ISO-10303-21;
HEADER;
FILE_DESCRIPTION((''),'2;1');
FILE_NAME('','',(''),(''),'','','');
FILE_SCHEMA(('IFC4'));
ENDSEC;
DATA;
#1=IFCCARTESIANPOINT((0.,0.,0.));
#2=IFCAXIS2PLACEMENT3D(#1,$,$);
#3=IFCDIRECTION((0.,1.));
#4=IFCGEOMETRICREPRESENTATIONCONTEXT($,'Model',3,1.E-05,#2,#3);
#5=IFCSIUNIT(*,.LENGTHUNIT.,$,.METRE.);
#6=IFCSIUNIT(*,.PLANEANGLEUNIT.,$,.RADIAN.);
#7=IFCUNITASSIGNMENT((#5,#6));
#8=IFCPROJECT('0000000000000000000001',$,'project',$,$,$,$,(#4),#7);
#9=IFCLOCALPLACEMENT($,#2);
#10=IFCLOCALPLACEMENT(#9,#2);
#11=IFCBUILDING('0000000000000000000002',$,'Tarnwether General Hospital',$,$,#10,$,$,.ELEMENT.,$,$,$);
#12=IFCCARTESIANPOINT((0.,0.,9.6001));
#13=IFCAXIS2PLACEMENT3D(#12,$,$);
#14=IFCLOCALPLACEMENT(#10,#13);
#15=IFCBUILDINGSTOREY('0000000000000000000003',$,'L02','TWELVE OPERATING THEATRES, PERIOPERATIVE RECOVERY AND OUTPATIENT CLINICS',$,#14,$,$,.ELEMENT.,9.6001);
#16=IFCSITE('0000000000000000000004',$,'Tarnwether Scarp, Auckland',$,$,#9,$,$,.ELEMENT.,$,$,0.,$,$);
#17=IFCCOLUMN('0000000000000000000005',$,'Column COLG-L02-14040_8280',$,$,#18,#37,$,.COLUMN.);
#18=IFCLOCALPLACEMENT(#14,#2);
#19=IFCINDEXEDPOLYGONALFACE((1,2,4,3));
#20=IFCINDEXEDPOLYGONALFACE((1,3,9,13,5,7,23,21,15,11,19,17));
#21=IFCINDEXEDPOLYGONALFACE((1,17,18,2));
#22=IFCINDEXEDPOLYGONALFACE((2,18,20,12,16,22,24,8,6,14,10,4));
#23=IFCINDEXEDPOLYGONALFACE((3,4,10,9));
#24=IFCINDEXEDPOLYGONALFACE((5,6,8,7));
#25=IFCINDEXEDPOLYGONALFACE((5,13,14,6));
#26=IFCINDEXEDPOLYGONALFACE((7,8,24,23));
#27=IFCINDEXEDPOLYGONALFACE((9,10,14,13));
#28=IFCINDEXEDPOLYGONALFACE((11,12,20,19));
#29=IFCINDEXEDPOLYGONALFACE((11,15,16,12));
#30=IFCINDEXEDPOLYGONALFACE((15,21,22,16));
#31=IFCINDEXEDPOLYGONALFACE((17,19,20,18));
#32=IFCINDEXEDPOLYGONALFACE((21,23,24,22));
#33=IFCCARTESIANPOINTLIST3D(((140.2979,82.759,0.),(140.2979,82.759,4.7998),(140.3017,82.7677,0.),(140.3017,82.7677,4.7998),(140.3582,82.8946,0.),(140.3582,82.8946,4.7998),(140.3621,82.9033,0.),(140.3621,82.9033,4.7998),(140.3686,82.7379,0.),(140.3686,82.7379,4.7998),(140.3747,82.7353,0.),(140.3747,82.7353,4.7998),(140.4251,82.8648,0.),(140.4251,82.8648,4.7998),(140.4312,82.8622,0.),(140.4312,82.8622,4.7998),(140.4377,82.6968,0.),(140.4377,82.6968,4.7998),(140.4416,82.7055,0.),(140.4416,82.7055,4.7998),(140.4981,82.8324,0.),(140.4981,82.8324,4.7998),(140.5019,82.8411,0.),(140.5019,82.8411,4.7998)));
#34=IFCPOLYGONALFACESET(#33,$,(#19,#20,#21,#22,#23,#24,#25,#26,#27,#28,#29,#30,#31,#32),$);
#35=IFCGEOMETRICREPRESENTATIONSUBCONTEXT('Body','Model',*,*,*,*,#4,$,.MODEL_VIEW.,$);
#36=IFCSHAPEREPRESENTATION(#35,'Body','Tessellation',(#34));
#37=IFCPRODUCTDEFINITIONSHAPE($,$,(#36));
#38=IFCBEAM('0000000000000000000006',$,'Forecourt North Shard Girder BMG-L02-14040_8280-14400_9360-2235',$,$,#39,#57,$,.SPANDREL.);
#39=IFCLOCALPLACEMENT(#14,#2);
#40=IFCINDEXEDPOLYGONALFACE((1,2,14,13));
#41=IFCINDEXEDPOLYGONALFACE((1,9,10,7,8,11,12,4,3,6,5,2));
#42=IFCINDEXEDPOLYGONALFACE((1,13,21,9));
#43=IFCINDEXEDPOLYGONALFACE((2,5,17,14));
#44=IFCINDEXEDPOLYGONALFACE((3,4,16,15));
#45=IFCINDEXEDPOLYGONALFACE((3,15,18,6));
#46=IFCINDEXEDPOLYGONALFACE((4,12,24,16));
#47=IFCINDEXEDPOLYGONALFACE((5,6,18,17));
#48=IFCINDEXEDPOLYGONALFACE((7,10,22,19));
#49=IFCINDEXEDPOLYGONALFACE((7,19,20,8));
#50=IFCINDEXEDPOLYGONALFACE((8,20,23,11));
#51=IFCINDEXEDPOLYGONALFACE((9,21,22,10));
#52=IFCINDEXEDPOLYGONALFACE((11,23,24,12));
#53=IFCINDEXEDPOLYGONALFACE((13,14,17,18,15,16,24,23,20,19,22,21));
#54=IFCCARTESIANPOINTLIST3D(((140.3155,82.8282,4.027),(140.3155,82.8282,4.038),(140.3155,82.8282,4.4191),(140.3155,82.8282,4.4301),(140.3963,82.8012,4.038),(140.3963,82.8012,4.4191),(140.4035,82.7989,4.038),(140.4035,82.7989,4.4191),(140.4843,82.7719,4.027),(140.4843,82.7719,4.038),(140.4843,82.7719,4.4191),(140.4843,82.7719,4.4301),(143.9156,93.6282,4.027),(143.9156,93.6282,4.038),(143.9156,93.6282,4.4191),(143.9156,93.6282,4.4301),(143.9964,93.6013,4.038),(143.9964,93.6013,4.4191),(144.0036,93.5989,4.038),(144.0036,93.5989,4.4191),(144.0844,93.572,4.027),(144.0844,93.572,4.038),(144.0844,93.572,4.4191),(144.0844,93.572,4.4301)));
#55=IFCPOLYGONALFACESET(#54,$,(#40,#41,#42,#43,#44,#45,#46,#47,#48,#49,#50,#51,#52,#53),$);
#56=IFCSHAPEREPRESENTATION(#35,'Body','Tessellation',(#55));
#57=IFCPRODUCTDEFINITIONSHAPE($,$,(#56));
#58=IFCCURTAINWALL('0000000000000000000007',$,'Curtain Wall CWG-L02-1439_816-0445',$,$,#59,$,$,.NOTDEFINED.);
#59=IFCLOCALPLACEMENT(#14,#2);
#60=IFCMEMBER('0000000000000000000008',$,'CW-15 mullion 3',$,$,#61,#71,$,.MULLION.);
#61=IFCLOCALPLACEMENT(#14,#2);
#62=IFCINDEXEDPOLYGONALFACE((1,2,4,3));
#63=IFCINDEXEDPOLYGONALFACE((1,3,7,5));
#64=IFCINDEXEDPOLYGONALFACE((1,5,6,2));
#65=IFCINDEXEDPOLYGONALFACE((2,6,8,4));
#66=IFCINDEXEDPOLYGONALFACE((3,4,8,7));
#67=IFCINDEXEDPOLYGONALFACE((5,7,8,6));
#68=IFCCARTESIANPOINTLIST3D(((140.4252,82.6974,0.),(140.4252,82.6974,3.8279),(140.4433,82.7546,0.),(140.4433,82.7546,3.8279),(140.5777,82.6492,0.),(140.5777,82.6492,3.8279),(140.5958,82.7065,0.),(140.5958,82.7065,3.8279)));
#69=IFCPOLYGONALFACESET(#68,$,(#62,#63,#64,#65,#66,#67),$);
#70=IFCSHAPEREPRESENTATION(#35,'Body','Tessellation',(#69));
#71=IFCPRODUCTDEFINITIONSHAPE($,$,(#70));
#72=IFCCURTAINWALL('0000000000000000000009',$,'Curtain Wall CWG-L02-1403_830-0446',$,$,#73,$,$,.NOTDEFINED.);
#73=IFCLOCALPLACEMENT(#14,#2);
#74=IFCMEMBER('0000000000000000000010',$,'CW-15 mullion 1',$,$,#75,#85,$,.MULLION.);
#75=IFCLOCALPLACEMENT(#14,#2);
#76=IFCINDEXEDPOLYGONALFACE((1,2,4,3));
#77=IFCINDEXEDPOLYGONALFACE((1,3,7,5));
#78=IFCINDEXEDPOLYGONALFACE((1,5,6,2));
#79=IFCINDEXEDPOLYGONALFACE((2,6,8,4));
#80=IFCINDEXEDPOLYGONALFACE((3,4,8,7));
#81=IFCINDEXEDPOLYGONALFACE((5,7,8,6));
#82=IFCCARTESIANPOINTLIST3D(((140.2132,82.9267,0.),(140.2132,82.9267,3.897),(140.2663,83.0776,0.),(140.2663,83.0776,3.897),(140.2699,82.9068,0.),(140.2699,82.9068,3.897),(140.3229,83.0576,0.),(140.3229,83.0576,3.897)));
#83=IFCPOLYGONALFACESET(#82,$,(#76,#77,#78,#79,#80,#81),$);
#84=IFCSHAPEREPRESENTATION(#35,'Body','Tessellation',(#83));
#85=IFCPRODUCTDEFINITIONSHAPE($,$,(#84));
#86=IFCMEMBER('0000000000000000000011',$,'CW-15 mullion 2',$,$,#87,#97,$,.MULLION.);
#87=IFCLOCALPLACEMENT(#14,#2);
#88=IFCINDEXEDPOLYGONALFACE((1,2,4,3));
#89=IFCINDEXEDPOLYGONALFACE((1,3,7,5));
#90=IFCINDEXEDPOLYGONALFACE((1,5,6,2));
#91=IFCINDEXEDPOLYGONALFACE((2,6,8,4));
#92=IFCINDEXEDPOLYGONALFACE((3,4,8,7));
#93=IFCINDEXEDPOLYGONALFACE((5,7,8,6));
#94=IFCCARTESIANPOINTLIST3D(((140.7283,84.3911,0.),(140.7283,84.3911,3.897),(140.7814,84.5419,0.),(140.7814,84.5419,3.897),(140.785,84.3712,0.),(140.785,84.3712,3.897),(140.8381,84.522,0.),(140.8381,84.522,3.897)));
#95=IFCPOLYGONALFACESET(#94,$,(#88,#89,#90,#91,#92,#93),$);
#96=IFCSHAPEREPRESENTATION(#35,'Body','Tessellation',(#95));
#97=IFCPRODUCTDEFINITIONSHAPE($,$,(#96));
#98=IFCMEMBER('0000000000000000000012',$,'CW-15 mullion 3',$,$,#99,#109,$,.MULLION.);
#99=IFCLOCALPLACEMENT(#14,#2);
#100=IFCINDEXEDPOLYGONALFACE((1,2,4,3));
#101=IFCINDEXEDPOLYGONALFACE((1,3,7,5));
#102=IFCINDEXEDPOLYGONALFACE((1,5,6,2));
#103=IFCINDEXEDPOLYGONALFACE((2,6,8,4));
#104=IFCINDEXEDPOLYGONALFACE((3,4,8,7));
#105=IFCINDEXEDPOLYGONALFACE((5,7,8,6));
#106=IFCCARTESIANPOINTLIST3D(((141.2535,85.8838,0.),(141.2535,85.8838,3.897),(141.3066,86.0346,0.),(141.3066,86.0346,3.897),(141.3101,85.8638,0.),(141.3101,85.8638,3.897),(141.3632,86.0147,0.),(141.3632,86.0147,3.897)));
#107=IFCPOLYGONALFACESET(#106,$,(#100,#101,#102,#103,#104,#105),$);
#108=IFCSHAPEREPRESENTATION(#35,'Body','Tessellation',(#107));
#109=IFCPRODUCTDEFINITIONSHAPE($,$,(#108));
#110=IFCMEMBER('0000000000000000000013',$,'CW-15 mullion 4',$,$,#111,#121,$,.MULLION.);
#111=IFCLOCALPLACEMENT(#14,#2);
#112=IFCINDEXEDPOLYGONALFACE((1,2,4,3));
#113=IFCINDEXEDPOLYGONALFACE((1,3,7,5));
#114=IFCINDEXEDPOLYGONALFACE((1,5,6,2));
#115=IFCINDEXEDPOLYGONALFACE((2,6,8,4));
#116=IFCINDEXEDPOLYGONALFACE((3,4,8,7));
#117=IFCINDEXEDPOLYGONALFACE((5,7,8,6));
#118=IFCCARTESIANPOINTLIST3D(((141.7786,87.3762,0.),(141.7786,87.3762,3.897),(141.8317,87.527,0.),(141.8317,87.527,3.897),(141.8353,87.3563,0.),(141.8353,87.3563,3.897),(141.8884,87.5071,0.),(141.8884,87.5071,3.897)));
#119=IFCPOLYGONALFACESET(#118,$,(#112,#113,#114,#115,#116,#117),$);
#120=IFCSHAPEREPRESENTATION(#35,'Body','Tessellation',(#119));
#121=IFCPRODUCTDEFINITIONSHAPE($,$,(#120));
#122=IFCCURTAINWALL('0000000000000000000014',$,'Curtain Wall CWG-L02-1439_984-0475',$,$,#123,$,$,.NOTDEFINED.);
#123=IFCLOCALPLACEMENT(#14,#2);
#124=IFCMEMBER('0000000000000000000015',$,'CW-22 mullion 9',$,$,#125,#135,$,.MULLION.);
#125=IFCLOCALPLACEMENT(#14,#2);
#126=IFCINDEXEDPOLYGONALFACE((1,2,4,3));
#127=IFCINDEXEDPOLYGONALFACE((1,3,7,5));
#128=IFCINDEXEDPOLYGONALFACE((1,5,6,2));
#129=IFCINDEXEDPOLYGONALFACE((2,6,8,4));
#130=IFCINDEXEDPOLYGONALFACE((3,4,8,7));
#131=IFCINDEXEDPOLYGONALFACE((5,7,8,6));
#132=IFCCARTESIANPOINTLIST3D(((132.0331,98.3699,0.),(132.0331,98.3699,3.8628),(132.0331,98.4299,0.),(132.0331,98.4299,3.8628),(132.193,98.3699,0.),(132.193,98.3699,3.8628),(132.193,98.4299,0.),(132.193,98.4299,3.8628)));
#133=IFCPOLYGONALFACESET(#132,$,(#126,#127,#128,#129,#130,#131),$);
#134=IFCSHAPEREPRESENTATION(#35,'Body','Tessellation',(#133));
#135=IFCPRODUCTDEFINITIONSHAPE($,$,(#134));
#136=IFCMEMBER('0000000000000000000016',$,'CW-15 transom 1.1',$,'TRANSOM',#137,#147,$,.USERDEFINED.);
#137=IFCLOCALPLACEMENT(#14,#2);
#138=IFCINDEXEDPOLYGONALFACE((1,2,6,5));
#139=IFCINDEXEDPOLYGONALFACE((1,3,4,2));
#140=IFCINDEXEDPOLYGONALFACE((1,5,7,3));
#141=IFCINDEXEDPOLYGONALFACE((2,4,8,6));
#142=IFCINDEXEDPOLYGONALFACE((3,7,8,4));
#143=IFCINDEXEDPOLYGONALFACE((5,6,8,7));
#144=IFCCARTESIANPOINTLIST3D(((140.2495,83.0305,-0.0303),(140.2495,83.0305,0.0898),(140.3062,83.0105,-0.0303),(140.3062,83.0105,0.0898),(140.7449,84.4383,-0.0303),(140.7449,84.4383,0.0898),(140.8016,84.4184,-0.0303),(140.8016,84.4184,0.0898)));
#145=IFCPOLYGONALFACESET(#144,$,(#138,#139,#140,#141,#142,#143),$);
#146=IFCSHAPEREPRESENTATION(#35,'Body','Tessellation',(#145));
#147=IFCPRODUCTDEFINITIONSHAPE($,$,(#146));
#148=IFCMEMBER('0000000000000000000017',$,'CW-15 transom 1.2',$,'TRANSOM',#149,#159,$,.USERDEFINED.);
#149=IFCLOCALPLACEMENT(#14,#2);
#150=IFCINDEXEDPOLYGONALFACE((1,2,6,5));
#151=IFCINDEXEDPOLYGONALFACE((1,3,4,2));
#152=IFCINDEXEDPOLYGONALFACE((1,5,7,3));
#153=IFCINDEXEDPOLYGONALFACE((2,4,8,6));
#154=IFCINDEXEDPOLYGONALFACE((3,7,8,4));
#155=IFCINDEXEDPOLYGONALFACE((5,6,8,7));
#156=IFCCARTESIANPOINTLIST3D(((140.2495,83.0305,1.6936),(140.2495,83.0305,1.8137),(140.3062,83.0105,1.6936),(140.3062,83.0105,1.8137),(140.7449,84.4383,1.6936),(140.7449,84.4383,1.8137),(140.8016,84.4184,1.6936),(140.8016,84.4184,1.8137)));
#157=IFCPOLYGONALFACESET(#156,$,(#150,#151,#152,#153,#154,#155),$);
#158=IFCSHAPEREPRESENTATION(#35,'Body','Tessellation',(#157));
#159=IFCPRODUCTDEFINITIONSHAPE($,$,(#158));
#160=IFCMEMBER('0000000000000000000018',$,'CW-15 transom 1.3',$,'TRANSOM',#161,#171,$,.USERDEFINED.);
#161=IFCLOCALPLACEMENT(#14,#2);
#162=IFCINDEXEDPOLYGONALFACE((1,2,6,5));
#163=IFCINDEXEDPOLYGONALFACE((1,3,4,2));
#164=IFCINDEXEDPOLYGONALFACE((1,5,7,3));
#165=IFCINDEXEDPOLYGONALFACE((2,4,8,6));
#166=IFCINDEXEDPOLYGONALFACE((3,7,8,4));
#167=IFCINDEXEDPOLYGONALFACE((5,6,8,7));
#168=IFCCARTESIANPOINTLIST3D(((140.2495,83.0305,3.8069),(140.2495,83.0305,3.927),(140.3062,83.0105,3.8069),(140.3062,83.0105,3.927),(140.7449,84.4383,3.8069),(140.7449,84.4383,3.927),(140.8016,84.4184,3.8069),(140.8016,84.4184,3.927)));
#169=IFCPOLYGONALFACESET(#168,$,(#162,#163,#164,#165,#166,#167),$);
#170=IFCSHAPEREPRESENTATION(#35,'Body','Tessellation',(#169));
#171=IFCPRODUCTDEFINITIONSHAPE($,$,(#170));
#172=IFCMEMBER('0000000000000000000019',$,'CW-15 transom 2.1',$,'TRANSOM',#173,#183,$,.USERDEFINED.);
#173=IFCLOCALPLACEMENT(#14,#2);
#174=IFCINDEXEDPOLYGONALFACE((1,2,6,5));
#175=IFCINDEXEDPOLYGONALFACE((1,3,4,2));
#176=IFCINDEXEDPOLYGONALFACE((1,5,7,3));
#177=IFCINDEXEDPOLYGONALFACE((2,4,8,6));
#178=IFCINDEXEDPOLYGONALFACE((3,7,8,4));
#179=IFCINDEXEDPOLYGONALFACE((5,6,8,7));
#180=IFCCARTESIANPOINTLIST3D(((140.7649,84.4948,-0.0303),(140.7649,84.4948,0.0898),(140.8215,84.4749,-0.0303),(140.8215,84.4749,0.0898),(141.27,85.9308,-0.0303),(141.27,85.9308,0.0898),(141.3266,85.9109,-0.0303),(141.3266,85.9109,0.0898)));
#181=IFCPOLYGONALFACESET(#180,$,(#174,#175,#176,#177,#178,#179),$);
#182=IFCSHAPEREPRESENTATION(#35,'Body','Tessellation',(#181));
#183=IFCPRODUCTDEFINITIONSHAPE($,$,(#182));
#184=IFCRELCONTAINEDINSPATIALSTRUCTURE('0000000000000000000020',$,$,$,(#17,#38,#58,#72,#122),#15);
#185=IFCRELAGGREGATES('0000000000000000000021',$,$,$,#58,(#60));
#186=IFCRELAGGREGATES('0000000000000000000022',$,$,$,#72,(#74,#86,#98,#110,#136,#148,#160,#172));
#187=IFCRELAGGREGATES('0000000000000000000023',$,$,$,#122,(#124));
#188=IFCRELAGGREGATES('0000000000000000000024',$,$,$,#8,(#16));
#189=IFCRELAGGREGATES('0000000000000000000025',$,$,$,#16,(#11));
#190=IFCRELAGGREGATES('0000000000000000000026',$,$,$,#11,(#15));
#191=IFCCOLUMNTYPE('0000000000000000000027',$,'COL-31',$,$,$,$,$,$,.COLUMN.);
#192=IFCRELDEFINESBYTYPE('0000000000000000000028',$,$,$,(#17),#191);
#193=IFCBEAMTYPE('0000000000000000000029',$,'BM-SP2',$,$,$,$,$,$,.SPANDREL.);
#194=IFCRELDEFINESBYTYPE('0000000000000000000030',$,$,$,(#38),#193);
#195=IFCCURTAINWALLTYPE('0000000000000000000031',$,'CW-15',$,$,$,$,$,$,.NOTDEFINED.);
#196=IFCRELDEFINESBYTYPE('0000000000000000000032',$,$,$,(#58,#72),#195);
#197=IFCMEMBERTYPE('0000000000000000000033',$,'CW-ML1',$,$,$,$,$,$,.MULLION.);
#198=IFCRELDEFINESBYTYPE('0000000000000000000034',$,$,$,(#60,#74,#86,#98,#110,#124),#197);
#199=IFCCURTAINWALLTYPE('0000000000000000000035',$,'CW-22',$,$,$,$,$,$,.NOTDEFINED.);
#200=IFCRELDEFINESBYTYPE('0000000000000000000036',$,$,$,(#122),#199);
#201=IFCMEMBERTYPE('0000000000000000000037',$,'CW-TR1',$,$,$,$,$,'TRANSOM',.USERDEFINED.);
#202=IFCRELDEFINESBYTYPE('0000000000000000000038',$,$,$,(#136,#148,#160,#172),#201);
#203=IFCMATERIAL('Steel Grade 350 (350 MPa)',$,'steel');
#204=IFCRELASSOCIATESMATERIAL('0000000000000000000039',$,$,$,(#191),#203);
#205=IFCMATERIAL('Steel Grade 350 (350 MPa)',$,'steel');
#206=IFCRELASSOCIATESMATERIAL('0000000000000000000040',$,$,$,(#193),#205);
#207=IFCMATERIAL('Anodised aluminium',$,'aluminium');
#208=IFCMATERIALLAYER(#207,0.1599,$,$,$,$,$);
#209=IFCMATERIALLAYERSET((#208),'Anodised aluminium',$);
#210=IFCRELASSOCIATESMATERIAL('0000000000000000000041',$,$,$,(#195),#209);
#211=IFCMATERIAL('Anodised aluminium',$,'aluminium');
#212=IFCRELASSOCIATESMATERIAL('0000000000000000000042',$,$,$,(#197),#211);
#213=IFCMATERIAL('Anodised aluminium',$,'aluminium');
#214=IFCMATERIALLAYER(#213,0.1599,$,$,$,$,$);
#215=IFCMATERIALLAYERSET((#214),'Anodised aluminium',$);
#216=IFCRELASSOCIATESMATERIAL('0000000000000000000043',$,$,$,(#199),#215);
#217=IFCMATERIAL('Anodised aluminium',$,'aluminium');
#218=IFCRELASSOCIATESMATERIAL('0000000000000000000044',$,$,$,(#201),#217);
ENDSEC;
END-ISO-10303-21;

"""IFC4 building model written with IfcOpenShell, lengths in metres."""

from ifc_helpers import new_model, si_unit, direction, frame, origin, origin_2d, place, context, subcontext, project, spatial, rectangle, i_section, extrude, material, layer, layer_set, material_profile, profile_set, type_object, element, aggregate, save


model = new_model("IFC4")

# Units and contexts
model_context = context("Model", 3, precision=1e-05, world=origin(), true_north=direction((0.0, 1.0)))
body_context = subcontext(model_context, "Body", "Model", "MODEL_VIEW")
ifc_project = project(units=[si_unit("LENGTHUNIT", "METRE"), si_unit("PLANEANGLEUNIT", "RADIAN")], contexts=[model_context])

# Site, building, storey
site_placement = place(None, origin())
site = spatial("IfcSite", under=ifc_project, at=site_placement, Name="Tarnwether Scarp, Auckland", CompositionType="ELEMENT", RefElevation=0.0)
building_placement = place(site_placement, origin())
building = spatial("IfcBuilding", under=site, at=building_placement, Name="Tarnwether General Hospital", CompositionType="ELEMENT")
storey_placement = place(building_placement, frame((0.0, 0.0, 9.6001)))
storey = spatial("IfcBuildingStorey", under=building, at=storey_placement, Name="L02", Description="TWELVE OPERATING THEATRES, PERIOPERATIVE RECOVERY AND OUTPATIENT CLINICS", CompositionType="ELEMENT", Elevation=9.6001)

# Column
ifc_material_1 = material(Name="Steel Grade 350 (350 MPa)", Category="steel")
ifc_material_profile_1 = material_profile(ifc_material_1, i_section(OverallWidth=0.1531, OverallDepth=0.158, WebThickness=0.0066, FlangeThickness=0.0095, at=origin_2d()), Name="150UC30.0")
ifc_profile_set_1 = profile_set([ifc_material_profile_1], Name="Steel Grade 350 (350 MPa)")
column_type = type_object("IfcColumnType", Name="COL-31", PredefinedType="COLUMN", material=ifc_profile_set_1)
column_placement = place(storey_placement, frame((140.3999, 82.8, 0.0), z_axis=(0.0, 0.0, 1.0), x_axis=(0.913545, -0.406737, 0.0)))
element("IfcColumn", 1, at=column_placement, inside=storey, type_object=column_type, Name="Column COLG-L02-14040_8280", PredefinedType="COLUMN", context=body_context, shape_type="SweptSolid", body=[
    extrude(i_section(OverallWidth=0.1531, OverallDepth=0.158, WebThickness=0.0066, FlangeThickness=0.0095, at=origin_2d()), origin(), (0.0, 0.0, 1.0), 4.7998),
])

# Beam
ifc_material_2 = material(Name="Steel Grade 350 (350 MPa)", Category="steel")
ifc_material_profile_2 = material_profile(ifc_material_2, i_section(OverallWidth=0.178, OverallDepth=0.4031, WebThickness=0.0076, FlangeThickness=0.011, at=origin_2d()), Name="410UB53.7")
ifc_profile_set_2 = profile_set([ifc_material_profile_2], Name="Steel Grade 350 (350 MPa)")
beam_type = type_object("IfcBeamType", Name="BM-SP2", PredefinedType="SPANDREL", material=ifc_profile_set_2)
beam_placement = place(storey_placement, frame((140.3999, 82.8, 4.2285), z_axis=(0.316234, 0.948681, 0.0), x_axis=(-0.948681, 0.316234, 0.0)))
element("IfcBeam", 2, at=beam_placement, inside=storey, type_object=beam_type, Name="Forecourt North Shard Girder BMG-L02-14040_8280-14400_9360-2235", PredefinedType="SPANDREL", context=body_context, shape_type="SweptSolid", body=[
    extrude(i_section(OverallWidth=0.178, OverallDepth=0.4031, WebThickness=0.0076, FlangeThickness=0.011, at=origin_2d()), origin(), (0.0, 0.0, 1.0), 11.3843),
])

# Curtain wall, member
ifc_material_3 = material(Name="Anodised aluminium", Category="aluminium")
ifc_layer_1 = layer(ifc_material_3, 0.1599)
ifc_layer_set_1 = layer_set([ifc_layer_1], Name="Anodised aluminium")
curtain_wall_type_1 = type_object("IfcCurtainWallType", Name="CW-15", PredefinedType="NOTDEFINED", material=ifc_layer_set_1)
curtain_wall_1_placement = place(storey_placement, origin())
curtain_wall_1 = element("IfcCurtainWall", 3, at=curtain_wall_1_placement, inside=storey, type_object=curtain_wall_type_1, Name="Curtain Wall CWG-L02-1439_816-0445", PredefinedType="NOTDEFINED")
ifc_material_4 = material(Name="Anodised aluminium", Category="aluminium")
ifc_material_profile_3 = material_profile(ifc_material_4, rectangle(XDim=0.0601, YDim=0.1599, at=origin_2d()), Name="ALU-MUL-60x160")
ifc_profile_set_3 = profile_set([ifc_material_profile_3], Name="Anodised aluminium")
member_type_1 = type_object("IfcMemberType", Name="CW-ML1", PredefinedType="MULLION", material=ifc_profile_set_3)
member_1_placement = place(storey_placement, frame((140.5105, 82.7019, 0.0), z_axis=(0.0, 0.0, 1.0), x_axis=(-0.301185, -0.953566, 0.0)))
member_1 = element("IfcMember", 4, at=member_1_placement, type_object=member_type_1, Name="CW-15 mullion 3", PredefinedType="MULLION", context=body_context, shape_type="SweptSolid", body=[
    extrude(rectangle(XDim=0.0601, YDim=0.1599, at=origin_2d()), origin(), (0.0, 0.0, 1.0), 3.8279),
])

# Curtain wall, members
curtain_wall_2_placement = place(storey_placement, origin())
curtain_wall_2 = element("IfcCurtainWall", 5, at=curtain_wall_2_placement, inside=storey, type_object=curtain_wall_type_1, Name="Curtain Wall CWG-L02-1403_830-0446", PredefinedType="NOTDEFINED")
member_2_placement = place(storey_placement, frame((140.2681, 82.9922, 0.0), z_axis=(0.0, 0.0, 1.0), x_axis=(-0.943317, 0.331894, 0.0)))
member_2 = element("IfcMember", 6, at=member_2_placement, type_object=member_type_1, Name="CW-15 mullion 1", PredefinedType="MULLION", context=body_context, shape_type="SweptSolid", body=[
    extrude(rectangle(XDim=0.0601, YDim=0.1599, at=origin_2d()), origin(), (0.0, 0.0, 1.0), 3.897),
])
member_3_placement = place(storey_placement, frame((140.7832, 84.4565, 0.0), z_axis=(0.0, 0.0, 1.0), x_axis=(-0.943317, 0.331894, 0.0)))
member_3 = element("IfcMember", 7, at=member_3_placement, type_object=member_type_1, Name="CW-15 mullion 2", PredefinedType="MULLION", context=body_context, shape_type="SweptSolid", body=[
    extrude(rectangle(XDim=0.0601, YDim=0.1599, at=origin_2d()), origin(), (0.0, 0.0, 1.0), 3.897),
])
member_4_placement = place(storey_placement, frame((141.3083, 85.9492, 0.0), z_axis=(0.0, 0.0, 1.0), x_axis=(-0.943317, 0.331894, 0.0)))
member_4 = element("IfcMember", 8, at=member_4_placement, type_object=member_type_1, Name="CW-15 mullion 3", PredefinedType="MULLION", context=body_context, shape_type="SweptSolid", body=[
    extrude(rectangle(XDim=0.0601, YDim=0.1599, at=origin_2d()), origin(), (0.0, 0.0, 1.0), 3.897),
])
member_5_placement = place(storey_placement, frame((141.8335, 87.4417, 0.0), z_axis=(0.0, 0.0, 1.0), x_axis=(-0.943317, 0.331894, 0.0)))
member_5 = element("IfcMember", 9, at=member_5_placement, type_object=member_type_1, Name="CW-15 mullion 4", PredefinedType="MULLION", context=body_context, shape_type="SweptSolid", body=[
    extrude(rectangle(XDim=0.0601, YDim=0.1599, at=origin_2d()), origin(), (0.0, 0.0, 1.0), 3.897),
])

# Curtain wall, member
ifc_material_5 = material(Name="Anodised aluminium", Category="aluminium")
ifc_layer_2 = layer(ifc_material_5, 0.1599)
ifc_layer_set_2 = layer_set([ifc_layer_2], Name="Anodised aluminium")
curtain_wall_type_2 = type_object("IfcCurtainWallType", Name="CW-22", PredefinedType="NOTDEFINED", material=ifc_layer_set_2)
curtain_wall_3_placement = place(storey_placement, origin())
curtain_wall_3 = element("IfcCurtainWall", 10, at=curtain_wall_3_placement, inside=storey, type_object=curtain_wall_type_2, Name="Curtain Wall CWG-L02-1439_984-0475", PredefinedType="NOTDEFINED")
member_6_placement = place(storey_placement, frame((132.113, 98.3999, 0.0), z_axis=(0.0, 0.0, 1.0), x_axis=(0.0, -1.0, 0.0)))
member_6 = element("IfcMember", 11, at=member_6_placement, type_object=member_type_1, Name="CW-22 mullion 9", PredefinedType="MULLION", context=body_context, shape_type="SweptSolid", body=[
    extrude(rectangle(XDim=0.0601, YDim=0.1599, at=origin_2d()), origin(), (0.0, 0.0, 1.0), 3.8628),
])

# Members
ifc_material_6 = material(Name="Anodised aluminium", Category="aluminium")
ifc_material_profile_4 = material_profile(ifc_material_6, rectangle(XDim=0.0601, YDim=0.1201, at=origin_2d()), Name="ALU-TRN-60x120")
ifc_profile_set_4 = profile_set([ifc_material_profile_4], Name="Anodised aluminium")
member_type_2 = type_object("IfcMemberType", Name="CW-TR1", ElementType="TRANSOM", PredefinedType="USERDEFINED", material=ifc_profile_set_4)
member_7_placement = place(storey_placement, frame((140.2778, 83.0205, 0.0298), z_axis=(0.331939, 0.943301, 0.0), x_axis=(-0.943301, 0.331939, 0.0)))
member_7 = element("IfcMember", 12, at=member_7_placement, type_object=member_type_2, Name="CW-15 transom 1.1", ObjectType="TRANSOM", PredefinedType="USERDEFINED", context=body_context, shape_type="SweptSolid", body=[
    extrude(rectangle(XDim=0.0601, YDim=0.1201, at=origin_2d()), origin(), (0.0, 0.0, 1.0), 1.4924),
])
member_8_placement = place(storey_placement, frame((140.2778, 83.0205, 1.7537), z_axis=(0.331939, 0.943301, 0.0), x_axis=(-0.943301, 0.331939, 0.0)))
member_8 = element("IfcMember", 13, at=member_8_placement, type_object=member_type_2, Name="CW-15 transom 1.2", ObjectType="TRANSOM", PredefinedType="USERDEFINED", context=body_context, shape_type="SweptSolid", body=[
    extrude(rectangle(XDim=0.0601, YDim=0.1201, at=origin_2d()), origin(), (0.0, 0.0, 1.0), 1.4924),
])
member_9_placement = place(storey_placement, frame((140.2778, 83.0205, 3.8669), z_axis=(0.331939, 0.943301, 0.0), x_axis=(-0.943301, 0.331939, 0.0)))
member_9 = element("IfcMember", 14, at=member_9_placement, type_object=member_type_2, Name="CW-15 transom 1.3", ObjectType="TRANSOM", PredefinedType="USERDEFINED", context=body_context, shape_type="SweptSolid", body=[
    extrude(rectangle(XDim=0.0601, YDim=0.1201, at=origin_2d()), origin(), (0.0, 0.0, 1.0), 1.4924),
])
member_10_placement = place(storey_placement, frame((140.7932, 84.4849, 0.0298), z_axis=(0.331822, 0.943342, 0.0), x_axis=(-0.943342, 0.331822, 0.0)))
member_10 = element("IfcMember", 15, at=member_10_placement, type_object=member_type_2, Name="CW-15 transom 2.1", ObjectType="TRANSOM", PredefinedType="USERDEFINED", context=body_context, shape_type="SweptSolid", body=[
    extrude(rectangle(XDim=0.0601, YDim=0.1201, at=origin_2d()), origin(), (0.0, 0.0, 1.0), 1.5222),
])

aggregate(curtain_wall_1, [member_1])
aggregate(curtain_wall_2, [member_2, member_3, member_4, member_5, member_7, member_8, member_9, member_10])
aggregate(curtain_wall_3, [member_6])

save(model, "model.ifc")
